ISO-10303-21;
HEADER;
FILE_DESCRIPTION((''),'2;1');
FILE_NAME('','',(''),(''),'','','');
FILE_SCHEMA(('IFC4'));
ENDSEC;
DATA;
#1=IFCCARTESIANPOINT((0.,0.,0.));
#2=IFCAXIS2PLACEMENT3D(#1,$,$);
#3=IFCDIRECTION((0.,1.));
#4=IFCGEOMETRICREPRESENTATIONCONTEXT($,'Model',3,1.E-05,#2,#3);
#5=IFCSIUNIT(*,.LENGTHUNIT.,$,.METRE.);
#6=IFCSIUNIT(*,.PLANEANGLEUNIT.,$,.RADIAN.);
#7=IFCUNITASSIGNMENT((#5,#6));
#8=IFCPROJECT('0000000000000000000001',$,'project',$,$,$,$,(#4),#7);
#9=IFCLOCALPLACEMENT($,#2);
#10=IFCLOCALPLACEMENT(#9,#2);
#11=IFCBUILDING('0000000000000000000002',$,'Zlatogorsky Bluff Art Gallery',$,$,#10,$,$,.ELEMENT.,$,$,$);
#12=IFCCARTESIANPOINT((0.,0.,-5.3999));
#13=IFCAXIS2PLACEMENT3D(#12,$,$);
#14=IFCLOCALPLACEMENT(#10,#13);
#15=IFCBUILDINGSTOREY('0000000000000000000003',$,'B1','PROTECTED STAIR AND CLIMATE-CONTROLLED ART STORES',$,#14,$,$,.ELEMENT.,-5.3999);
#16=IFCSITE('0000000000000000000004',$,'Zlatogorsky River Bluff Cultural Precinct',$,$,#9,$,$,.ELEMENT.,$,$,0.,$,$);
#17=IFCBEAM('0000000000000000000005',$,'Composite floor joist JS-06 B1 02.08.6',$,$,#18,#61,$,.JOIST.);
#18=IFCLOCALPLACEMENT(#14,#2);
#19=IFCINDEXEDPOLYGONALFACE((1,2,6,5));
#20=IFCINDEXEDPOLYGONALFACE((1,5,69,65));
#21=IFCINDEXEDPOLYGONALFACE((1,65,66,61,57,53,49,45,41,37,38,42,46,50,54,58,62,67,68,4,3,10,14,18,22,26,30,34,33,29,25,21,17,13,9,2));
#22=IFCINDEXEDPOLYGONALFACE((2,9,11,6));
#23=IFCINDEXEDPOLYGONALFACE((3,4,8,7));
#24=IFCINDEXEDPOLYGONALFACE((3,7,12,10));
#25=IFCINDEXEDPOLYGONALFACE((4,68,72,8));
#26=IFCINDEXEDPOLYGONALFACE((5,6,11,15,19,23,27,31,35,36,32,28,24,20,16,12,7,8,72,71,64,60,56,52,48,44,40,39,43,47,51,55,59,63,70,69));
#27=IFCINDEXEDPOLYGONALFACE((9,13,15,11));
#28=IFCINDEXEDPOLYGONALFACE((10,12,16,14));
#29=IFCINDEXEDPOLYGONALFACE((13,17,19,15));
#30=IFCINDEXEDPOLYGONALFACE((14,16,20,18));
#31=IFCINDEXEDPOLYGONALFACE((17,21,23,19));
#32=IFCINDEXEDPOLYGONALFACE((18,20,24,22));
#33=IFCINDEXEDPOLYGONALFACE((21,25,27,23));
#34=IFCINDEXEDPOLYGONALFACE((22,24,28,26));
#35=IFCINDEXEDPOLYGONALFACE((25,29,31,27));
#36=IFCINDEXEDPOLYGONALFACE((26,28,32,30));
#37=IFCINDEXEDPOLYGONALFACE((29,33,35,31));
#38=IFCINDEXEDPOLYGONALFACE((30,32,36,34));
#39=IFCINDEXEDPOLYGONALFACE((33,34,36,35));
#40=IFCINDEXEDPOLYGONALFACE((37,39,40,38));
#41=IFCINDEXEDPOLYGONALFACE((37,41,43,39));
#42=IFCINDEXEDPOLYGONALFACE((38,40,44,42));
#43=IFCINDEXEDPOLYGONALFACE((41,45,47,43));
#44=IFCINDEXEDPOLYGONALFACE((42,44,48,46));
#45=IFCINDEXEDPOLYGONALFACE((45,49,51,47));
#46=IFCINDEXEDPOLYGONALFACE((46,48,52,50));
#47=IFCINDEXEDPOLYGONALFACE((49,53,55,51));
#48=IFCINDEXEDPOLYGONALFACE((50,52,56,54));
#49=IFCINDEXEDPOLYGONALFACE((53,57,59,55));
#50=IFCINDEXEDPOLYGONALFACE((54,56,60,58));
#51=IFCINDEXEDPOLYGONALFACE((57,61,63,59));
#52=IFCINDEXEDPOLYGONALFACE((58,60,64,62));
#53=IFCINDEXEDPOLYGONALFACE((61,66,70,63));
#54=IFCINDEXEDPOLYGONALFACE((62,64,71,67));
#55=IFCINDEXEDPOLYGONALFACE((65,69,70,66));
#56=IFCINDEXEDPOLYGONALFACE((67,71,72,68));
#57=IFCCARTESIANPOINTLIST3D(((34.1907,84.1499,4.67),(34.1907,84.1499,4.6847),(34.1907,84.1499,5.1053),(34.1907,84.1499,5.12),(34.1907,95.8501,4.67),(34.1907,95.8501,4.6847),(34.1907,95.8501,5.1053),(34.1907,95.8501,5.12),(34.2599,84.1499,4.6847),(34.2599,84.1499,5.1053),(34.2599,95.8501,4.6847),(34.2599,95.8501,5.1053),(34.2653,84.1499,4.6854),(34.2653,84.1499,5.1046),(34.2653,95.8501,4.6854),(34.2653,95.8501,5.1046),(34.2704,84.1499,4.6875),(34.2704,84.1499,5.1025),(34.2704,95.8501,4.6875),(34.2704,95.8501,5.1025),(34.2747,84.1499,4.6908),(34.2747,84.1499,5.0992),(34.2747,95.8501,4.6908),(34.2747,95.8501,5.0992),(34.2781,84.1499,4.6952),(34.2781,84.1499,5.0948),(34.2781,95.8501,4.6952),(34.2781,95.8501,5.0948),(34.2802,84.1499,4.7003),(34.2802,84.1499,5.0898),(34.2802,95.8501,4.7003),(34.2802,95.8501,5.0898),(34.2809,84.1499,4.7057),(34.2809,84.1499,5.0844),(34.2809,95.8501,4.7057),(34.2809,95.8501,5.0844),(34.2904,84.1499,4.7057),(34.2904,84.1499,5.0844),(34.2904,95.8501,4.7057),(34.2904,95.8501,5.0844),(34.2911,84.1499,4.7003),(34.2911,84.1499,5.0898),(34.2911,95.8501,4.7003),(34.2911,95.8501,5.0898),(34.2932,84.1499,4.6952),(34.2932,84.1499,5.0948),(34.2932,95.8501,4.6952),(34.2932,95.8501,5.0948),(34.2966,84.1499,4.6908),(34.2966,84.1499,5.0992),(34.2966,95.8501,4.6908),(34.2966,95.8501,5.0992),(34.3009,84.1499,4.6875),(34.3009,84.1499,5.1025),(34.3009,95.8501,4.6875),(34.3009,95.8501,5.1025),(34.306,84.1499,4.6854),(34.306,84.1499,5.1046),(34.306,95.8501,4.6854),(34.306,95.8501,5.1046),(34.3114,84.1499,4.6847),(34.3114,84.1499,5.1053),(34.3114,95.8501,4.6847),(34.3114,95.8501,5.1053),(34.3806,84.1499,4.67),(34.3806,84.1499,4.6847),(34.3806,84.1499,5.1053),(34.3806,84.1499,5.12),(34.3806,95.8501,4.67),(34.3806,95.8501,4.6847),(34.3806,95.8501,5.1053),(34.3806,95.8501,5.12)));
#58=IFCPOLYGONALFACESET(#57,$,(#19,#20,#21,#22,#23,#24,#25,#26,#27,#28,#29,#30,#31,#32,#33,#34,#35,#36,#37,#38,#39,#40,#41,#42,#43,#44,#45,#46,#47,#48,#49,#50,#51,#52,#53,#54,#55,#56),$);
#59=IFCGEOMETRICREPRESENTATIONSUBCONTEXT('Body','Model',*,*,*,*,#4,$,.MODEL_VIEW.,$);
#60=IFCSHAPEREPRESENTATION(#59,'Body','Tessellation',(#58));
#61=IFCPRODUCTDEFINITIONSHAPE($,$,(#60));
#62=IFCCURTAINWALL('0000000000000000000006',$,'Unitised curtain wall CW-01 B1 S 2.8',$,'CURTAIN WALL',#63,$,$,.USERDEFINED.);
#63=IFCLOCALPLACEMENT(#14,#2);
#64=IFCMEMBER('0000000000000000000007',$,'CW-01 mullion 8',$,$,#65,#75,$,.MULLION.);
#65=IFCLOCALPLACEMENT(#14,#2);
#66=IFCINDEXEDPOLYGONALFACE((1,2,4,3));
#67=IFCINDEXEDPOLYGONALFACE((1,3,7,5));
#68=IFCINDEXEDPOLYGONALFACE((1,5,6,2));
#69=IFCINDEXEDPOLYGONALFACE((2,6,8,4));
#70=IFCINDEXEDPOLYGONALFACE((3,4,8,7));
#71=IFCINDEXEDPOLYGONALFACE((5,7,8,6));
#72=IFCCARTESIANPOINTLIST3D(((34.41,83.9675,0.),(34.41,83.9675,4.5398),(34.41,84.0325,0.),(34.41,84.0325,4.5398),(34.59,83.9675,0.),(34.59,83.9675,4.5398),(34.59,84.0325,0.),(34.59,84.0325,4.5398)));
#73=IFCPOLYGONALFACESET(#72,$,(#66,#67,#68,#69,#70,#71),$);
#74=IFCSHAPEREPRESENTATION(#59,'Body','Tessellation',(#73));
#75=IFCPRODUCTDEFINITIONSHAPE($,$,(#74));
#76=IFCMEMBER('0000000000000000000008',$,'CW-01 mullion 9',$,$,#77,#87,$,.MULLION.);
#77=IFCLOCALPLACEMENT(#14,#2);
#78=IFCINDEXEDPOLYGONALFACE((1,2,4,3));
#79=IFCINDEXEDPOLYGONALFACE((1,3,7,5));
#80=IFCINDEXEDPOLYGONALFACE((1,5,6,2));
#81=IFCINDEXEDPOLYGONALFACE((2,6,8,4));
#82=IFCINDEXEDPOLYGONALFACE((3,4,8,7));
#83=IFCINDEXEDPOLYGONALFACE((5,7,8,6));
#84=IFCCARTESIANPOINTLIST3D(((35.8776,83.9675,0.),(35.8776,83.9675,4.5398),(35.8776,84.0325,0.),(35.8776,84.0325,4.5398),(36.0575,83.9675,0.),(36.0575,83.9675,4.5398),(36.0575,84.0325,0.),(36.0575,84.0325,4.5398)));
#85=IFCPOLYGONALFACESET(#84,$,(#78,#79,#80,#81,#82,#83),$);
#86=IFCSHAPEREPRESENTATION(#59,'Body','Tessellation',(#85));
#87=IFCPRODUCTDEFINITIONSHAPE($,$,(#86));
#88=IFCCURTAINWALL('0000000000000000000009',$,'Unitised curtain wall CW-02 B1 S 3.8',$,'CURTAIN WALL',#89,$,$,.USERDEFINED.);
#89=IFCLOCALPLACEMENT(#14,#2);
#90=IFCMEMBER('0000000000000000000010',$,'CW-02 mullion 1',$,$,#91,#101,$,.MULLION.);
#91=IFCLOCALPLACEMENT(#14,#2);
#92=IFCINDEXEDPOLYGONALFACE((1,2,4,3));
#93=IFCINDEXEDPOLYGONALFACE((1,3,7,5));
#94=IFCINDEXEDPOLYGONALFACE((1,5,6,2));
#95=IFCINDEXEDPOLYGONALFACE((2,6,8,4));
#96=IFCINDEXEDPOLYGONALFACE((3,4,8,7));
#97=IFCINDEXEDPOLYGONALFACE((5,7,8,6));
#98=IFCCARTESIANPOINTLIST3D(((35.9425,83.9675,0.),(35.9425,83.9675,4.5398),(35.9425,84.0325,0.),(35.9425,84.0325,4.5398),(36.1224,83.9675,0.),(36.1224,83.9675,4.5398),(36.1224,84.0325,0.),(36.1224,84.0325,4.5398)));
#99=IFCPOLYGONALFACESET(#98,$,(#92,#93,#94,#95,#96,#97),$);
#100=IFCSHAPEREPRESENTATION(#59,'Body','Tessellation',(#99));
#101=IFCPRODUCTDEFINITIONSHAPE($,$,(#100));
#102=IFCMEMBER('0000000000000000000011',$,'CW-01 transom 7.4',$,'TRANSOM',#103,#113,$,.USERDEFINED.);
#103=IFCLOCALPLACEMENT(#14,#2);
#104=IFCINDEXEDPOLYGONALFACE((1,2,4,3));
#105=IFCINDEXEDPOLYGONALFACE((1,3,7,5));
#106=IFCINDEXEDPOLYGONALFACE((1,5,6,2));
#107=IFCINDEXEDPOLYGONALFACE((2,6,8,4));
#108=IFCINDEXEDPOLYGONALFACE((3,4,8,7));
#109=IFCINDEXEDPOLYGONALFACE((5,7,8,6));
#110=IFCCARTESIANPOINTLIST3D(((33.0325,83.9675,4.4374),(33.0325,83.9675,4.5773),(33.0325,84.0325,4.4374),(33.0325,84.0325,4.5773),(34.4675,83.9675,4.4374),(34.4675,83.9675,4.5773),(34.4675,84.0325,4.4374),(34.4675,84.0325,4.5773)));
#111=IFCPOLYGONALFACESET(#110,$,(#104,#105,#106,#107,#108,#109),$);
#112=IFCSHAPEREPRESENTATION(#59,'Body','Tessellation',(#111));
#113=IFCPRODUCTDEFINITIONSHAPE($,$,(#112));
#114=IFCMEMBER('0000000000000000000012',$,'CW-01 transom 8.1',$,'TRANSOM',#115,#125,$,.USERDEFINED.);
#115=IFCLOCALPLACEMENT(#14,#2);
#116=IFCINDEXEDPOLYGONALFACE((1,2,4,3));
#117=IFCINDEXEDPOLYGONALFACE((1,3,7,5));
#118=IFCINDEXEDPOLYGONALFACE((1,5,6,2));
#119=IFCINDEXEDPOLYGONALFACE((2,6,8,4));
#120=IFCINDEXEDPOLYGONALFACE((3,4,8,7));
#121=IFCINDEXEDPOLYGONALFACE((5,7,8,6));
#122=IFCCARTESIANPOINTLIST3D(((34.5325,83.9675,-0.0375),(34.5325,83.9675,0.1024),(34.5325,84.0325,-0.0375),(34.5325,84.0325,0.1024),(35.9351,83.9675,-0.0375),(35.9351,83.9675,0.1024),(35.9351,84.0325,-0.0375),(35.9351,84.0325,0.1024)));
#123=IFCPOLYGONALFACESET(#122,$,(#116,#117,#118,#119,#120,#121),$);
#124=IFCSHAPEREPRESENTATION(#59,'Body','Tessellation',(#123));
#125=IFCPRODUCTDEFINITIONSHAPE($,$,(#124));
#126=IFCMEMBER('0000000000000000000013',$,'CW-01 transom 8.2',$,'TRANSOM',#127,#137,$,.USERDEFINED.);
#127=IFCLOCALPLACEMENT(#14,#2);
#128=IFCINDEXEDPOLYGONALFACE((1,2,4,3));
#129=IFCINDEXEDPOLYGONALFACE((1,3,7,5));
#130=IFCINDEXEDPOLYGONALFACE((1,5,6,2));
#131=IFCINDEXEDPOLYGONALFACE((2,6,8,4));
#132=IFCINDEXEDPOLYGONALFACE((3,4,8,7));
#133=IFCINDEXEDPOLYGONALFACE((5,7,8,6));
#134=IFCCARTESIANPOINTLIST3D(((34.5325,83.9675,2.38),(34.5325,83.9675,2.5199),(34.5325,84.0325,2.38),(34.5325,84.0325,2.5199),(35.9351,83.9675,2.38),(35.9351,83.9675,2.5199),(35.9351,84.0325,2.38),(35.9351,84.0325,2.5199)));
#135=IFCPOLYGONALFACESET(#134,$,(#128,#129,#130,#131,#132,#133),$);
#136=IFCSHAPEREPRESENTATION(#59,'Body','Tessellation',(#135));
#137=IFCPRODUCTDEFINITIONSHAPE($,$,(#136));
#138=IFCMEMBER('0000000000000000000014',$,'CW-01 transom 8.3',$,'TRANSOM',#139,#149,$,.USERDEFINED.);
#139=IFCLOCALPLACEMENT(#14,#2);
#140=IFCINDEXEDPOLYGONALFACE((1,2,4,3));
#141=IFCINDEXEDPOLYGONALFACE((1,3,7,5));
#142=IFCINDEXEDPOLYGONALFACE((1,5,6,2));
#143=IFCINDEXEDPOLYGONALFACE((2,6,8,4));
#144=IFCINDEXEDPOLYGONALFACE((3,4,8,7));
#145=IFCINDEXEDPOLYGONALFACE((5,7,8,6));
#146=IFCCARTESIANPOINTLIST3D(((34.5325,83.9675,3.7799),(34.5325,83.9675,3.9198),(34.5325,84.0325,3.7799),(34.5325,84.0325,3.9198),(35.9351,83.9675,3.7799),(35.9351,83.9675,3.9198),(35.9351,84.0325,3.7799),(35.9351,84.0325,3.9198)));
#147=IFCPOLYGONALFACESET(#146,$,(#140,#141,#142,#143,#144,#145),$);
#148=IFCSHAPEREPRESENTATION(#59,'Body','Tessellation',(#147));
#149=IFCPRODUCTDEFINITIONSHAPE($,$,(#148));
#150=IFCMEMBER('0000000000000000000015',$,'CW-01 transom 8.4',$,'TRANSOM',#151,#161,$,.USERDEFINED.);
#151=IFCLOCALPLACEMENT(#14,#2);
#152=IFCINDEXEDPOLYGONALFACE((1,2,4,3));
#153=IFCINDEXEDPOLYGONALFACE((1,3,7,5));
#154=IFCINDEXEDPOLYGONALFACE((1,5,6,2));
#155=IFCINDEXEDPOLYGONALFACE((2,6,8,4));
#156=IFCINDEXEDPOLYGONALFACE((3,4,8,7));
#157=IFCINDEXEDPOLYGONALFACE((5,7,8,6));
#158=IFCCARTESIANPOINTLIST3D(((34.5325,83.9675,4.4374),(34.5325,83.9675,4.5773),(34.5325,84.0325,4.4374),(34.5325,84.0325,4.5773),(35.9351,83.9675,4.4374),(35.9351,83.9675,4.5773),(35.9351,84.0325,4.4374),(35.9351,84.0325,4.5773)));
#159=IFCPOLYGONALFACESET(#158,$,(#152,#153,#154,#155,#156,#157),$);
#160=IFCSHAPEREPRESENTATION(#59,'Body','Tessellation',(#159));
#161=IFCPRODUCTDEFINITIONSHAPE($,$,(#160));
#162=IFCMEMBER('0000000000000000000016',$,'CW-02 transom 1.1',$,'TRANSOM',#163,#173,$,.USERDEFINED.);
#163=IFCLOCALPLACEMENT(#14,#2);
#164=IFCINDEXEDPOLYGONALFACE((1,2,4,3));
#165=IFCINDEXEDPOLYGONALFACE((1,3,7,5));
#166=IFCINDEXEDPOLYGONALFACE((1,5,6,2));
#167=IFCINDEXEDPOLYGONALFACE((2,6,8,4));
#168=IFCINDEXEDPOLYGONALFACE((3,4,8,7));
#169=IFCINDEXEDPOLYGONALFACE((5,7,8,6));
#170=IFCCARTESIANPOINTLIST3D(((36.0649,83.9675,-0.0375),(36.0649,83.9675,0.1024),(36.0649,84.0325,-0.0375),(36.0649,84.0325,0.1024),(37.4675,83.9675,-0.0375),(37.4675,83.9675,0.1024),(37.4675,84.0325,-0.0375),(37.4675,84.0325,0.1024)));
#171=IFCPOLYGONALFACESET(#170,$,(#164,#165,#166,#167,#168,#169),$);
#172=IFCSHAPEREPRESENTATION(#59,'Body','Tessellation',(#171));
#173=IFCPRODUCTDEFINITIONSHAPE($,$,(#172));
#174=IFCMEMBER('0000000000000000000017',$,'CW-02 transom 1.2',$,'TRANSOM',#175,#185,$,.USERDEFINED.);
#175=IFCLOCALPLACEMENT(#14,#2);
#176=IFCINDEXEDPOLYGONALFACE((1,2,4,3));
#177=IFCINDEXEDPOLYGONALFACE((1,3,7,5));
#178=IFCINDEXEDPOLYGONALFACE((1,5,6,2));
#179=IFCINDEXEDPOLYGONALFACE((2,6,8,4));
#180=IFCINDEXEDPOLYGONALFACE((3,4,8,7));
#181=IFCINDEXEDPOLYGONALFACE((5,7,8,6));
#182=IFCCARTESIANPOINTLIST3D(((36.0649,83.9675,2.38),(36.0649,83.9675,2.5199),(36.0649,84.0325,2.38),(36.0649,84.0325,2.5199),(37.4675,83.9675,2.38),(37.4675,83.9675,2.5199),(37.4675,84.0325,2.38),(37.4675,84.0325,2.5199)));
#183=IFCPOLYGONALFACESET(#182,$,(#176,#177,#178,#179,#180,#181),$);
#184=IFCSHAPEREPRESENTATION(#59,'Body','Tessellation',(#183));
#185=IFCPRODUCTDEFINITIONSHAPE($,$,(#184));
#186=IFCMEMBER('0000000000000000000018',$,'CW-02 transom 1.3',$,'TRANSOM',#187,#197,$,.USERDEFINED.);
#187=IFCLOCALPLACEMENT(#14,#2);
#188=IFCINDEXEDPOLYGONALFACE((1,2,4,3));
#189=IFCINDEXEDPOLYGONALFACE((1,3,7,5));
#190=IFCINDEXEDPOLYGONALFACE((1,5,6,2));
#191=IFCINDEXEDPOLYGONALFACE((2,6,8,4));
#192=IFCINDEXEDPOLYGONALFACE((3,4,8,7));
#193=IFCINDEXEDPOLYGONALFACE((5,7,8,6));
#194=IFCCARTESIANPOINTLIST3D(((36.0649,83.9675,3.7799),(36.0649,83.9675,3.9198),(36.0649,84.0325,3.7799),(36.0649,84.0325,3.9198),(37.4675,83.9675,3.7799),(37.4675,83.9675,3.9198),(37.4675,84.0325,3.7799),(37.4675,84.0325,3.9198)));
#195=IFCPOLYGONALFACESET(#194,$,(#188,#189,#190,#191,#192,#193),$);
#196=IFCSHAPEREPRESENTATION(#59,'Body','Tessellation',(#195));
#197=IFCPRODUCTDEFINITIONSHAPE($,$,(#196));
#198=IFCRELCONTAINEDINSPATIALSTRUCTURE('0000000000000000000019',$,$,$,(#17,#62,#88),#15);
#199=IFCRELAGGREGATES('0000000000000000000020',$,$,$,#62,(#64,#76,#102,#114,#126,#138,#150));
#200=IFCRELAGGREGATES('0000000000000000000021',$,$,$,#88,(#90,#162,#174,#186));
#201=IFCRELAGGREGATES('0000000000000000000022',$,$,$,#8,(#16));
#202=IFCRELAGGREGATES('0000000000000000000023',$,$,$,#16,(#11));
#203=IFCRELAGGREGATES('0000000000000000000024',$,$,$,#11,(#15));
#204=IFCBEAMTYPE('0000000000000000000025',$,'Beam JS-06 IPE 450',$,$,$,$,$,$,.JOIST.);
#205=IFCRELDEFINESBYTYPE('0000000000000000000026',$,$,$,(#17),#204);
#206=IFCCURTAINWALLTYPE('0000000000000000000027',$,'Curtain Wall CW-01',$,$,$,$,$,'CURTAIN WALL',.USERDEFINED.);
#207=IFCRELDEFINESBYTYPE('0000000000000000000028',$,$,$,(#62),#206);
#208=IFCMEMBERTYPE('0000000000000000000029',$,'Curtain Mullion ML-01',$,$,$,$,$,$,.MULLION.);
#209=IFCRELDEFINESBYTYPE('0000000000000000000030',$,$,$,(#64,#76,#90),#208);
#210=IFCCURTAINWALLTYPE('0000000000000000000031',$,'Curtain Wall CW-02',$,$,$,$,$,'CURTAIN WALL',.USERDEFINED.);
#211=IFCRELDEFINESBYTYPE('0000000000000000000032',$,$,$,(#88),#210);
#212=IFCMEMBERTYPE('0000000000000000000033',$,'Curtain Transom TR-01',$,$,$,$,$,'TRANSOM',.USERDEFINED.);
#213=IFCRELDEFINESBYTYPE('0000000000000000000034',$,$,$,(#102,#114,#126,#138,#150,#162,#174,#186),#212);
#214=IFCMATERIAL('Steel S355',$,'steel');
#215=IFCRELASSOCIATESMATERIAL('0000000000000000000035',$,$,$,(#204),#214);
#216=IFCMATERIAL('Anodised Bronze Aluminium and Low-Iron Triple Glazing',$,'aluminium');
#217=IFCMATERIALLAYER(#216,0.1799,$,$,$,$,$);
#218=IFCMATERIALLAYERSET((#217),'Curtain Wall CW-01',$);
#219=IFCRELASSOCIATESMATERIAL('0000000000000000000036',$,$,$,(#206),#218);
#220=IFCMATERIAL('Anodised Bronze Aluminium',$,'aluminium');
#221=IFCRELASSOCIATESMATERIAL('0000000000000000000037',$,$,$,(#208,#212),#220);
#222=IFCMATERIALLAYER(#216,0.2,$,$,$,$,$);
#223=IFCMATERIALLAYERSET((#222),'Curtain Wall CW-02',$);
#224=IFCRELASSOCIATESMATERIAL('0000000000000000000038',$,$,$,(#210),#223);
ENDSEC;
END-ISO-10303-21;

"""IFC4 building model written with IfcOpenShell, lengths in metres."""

from ifc_helpers import new_model, si_unit, direction, frame, origin, origin_2d, place, context, subcontext, project, spatial, rectangle, i_section, extrude, material, layer, layer_set, material_profile, profile_set, type_object, element, aggregate, save


model = new_model("IFC4")

# Units and contexts
model_context = context("Model", 3, precision=1e-05, world=origin(), true_north=direction((0.0, 1.0)))
body_context = subcontext(model_context, "Body", "Model", "MODEL_VIEW")
ifc_project = project(units=[si_unit("LENGTHUNIT", "METRE"), si_unit("PLANEANGLEUNIT", "RADIAN")], contexts=[model_context])

# Site, building, storey
site_placement = place(None, origin())
site = spatial("IfcSite", under=ifc_project, at=site_placement, Name="Zlatogorsky River Bluff Cultural Precinct", CompositionType="ELEMENT", RefElevation=0.0)
building_placement = place(site_placement, origin())
building = spatial("IfcBuilding", under=site, at=building_placement, Name="Zlatogorsky Bluff Art Gallery", CompositionType="ELEMENT")
storey_placement = place(building_placement, frame((0.0, 0.0, -5.3999)))
storey = spatial("IfcBuildingStorey", under=building, at=storey_placement, Name="B1", Description="PROTECTED STAIR AND CLIMATE-CONTROLLED ART STORES", CompositionType="ELEMENT", Elevation=-5.3999)

# Shared definitions
ifc_material_1 = material(Name="Steel S355", Category="steel")

# Beam
ifc_material_profile_1 = material_profile(ifc_material_1, i_section(OverallWidth=0.1899, OverallDepth=0.45, WebThickness=0.0095, FlangeThickness=0.0146, FilletRadius=0.021, at=origin_2d()), Name="IPE 450")
ifc_profile_set_1 = profile_set([ifc_material_profile_1], Name="Steel S355")
beam_type_1 = type_object("IfcBeamType", Name="Beam JS-06 IPE 450", PredefinedType="JOIST", material=ifc_profile_set_1)
beam_1_placement = place(storey_placement, frame((34.2856, 84.1499, 4.895), z_axis=(0.0, 1.0, 0.0), x_axis=(-1.0, 0.0, 0.0)))
element("IfcBeam", 1, at=beam_1_placement, inside=storey, type_object=beam_type_1, Name="Composite floor joist JS-06 B1 02.08.6", PredefinedType="JOIST", context=body_context, shape_type="SweptSolid", body=[
    extrude(i_section(OverallWidth=0.1899, OverallDepth=0.45, WebThickness=0.0095, FlangeThickness=0.0146, FilletRadius=0.021, at=origin_2d()), origin(), (0.0, 0.0, 1.0), 11.7002),
])

# Curtain wall, members
ifc_material_2 = material(Name="Anodised Bronze Aluminium and Low-Iron Triple Glazing", Category="aluminium")
ifc_layer_1 = layer(ifc_material_2, 0.1799)
ifc_layer_set_1 = layer_set([ifc_layer_1], Name="Curtain Wall CW-01")
curtain_wall_type_1 = type_object("IfcCurtainWallType", Name="Curtain Wall CW-01", ElementType="CURTAIN WALL", PredefinedType="USERDEFINED", material=ifc_layer_set_1)
curtain_wall_1_placement = place(storey_placement, origin())
curtain_wall_1 = element("IfcCurtainWall", 2, at=curtain_wall_1_placement, inside=storey, type_object=curtain_wall_type_1, Name="Unitised curtain wall CW-01 B1 S 2.8", ObjectType="CURTAIN WALL", PredefinedType="USERDEFINED")
ifc_material_3 = material(Name="Anodised Bronze Aluminium", Category="aluminium")
ifc_material_profile_2 = material_profile(ifc_material_3, rectangle(XDim=0.0649, YDim=0.1799, at=origin_2d()), Name="ALU MULLION 65x180")
ifc_profile_set_2 = profile_set([ifc_material_profile_2], Name="Anodised Bronze Aluminium")
member_type_1 = type_object("IfcMemberType", Name="Curtain Mullion ML-01", PredefinedType="MULLION", material=ifc_profile_set_2)
member_1_placement = place(storey_placement, frame((34.5, 84.0, 0.0), z_axis=(0.0, 0.0, 1.0), x_axis=(0.0, 1.0, 0.0)))
member_1 = element("IfcMember", 3, at=member_1_placement, type_object=member_type_1, Name="CW-01 mullion 8", PredefinedType="MULLION", context=body_context, shape_type="SweptSolid", body=[
    extrude(rectangle(XDim=0.0649, YDim=0.1799, at=origin_2d()), origin(), (0.0, 0.0, 1.0), 4.5398),
])
member_2_placement = place(storey_placement, frame((35.9675, 84.0, 0.0), z_axis=(0.0, 0.0, 1.0), x_axis=(0.0, 1.0, 0.0)))
member_2 = element("IfcMember", 4, at=member_2_placement, type_object=member_type_1, Name="CW-01 mullion 9", PredefinedType="MULLION", context=body_context, shape_type="SweptSolid", body=[
    extrude(rectangle(XDim=0.0649, YDim=0.1799, at=origin_2d()), origin(), (0.0, 0.0, 1.0), 4.5398),
])

# Curtain wall, member
ifc_layer_2 = layer(ifc_material_2, 0.2)
ifc_layer_set_2 = layer_set([ifc_layer_2], Name="Curtain Wall CW-02")
curtain_wall_type_2 = type_object("IfcCurtainWallType", Name="Curtain Wall CW-02", ElementType="CURTAIN WALL", PredefinedType="USERDEFINED", material=ifc_layer_set_2)
curtain_wall_2_placement = place(storey_placement, origin())
curtain_wall_2 = element("IfcCurtainWall", 5, at=curtain_wall_2_placement, inside=storey, type_object=curtain_wall_type_2, Name="Unitised curtain wall CW-02 B1 S 3.8", ObjectType="CURTAIN WALL", PredefinedType="USERDEFINED")
member_3_placement = place(storey_placement, frame((36.0325, 84.0, 0.0), z_axis=(0.0, 0.0, 1.0), x_axis=(0.0, 1.0, 0.0)))
member_3 = element("IfcMember", 6, at=member_3_placement, type_object=member_type_1, Name="CW-02 mullion 1", PredefinedType="MULLION", context=body_context, shape_type="SweptSolid", body=[
    extrude(rectangle(XDim=0.0649, YDim=0.1799, at=origin_2d()), origin(), (0.0, 0.0, 1.0), 4.5398),
])

# Members
ifc_material_profile_3 = material_profile(ifc_material_3, rectangle(XDim=0.0649, YDim=0.1399, at=origin_2d()), Name="ALU TRANSOM 65x140")
ifc_profile_set_3 = profile_set([ifc_material_profile_3], Name="Anodised Bronze Aluminium")
member_type_2 = type_object("IfcMemberType", Name="Curtain Transom TR-01", ElementType="TRANSOM", PredefinedType="USERDEFINED", material=ifc_profile_set_3)
member_4_placement = place(storey_placement, frame((33.0325, 84.0, 4.5073), z_axis=(1.0, 0.0, 0.0), x_axis=(0.0, 1.0, 0.0)))
member_4 = element("IfcMember", 7, at=member_4_placement, type_object=member_type_2, Name="CW-01 transom 7.4", ObjectType="TRANSOM", PredefinedType="USERDEFINED", context=body_context, shape_type="SweptSolid", body=[
    extrude(rectangle(XDim=0.0649, YDim=0.1399, at=origin_2d()), origin(), (0.0, 0.0, 1.0), 1.4351),
])
member_5_placement = place(storey_placement, frame((34.5325, 84.0, 0.0325), z_axis=(1.0, 0.0, 0.0), x_axis=(0.0, 1.0, 0.0)))
member_5 = element("IfcMember", 8, at=member_5_placement, type_object=member_type_2, Name="CW-01 transom 8.1", ObjectType="TRANSOM", PredefinedType="USERDEFINED", context=body_context, shape_type="SweptSolid", body=[
    extrude(rectangle(XDim=0.0649, YDim=0.1399, at=origin_2d()), origin(), (0.0, 0.0, 1.0), 1.4026),
])
member_6_placement = place(storey_placement, frame((34.5325, 84.0, 2.45), z_axis=(1.0, 0.0, 0.0), x_axis=(0.0, 1.0, 0.0)))
member_6 = element("IfcMember", 9, at=member_6_placement, type_object=member_type_2, Name="CW-01 transom 8.2", ObjectType="TRANSOM", PredefinedType="USERDEFINED", context=body_context, shape_type="SweptSolid", body=[
    extrude(rectangle(XDim=0.0649, YDim=0.1399, at=origin_2d()), origin(), (0.0, 0.0, 1.0), 1.4026),
])
member_7_placement = place(storey_placement, frame((34.5325, 84.0, 3.8499), z_axis=(1.0, 0.0, 0.0), x_axis=(0.0, 1.0, 0.0)))
member_7 = element("IfcMember", 10, at=member_7_placement, type_object=member_type_2, Name="CW-01 transom 8.3", ObjectType="TRANSOM", PredefinedType="USERDEFINED", context=body_context, shape_type="SweptSolid", body=[
    extrude(rectangle(XDim=0.0649, YDim=0.1399, at=origin_2d()), origin(), (0.0, 0.0, 1.0), 1.4026),
])
member_8_placement = place(storey_placement, frame((34.5325, 84.0, 4.5073), z_axis=(1.0, 0.0, 0.0), x_axis=(0.0, 1.0, 0.0)))
member_8 = element("IfcMember", 11, at=member_8_placement, type_object=member_type_2, Name="CW-01 transom 8.4", ObjectType="TRANSOM", PredefinedType="USERDEFINED", context=body_context, shape_type="SweptSolid", body=[
    extrude(rectangle(XDim=0.0649, YDim=0.1399, at=origin_2d()), origin(), (0.0, 0.0, 1.0), 1.4026),
])
member_9_placement = place(storey_placement, frame((36.0649, 84.0, 0.0325), z_axis=(1.0, 0.0, 0.0), x_axis=(0.0, 1.0, 0.0)))
member_9 = element("IfcMember", 12, at=member_9_placement, type_object=member_type_2, Name="CW-02 transom 1.1", ObjectType="TRANSOM", PredefinedType="USERDEFINED", context=body_context, shape_type="SweptSolid", body=[
    extrude(rectangle(XDim=0.0649, YDim=0.1399, at=origin_2d()), origin(), (0.0, 0.0, 1.0), 1.4026),
])
member_10_placement = place(storey_placement, frame((36.0649, 84.0, 2.45), z_axis=(1.0, 0.0, 0.0), x_axis=(0.0, 1.0, 0.0)))
member_10 = element("IfcMember", 13, at=member_10_placement, type_object=member_type_2, Name="CW-02 transom 1.2", ObjectType="TRANSOM", PredefinedType="USERDEFINED", context=body_context, shape_type="SweptSolid", body=[
    extrude(rectangle(XDim=0.0649, YDim=0.1399, at=origin_2d()), origin(), (0.0, 0.0, 1.0), 1.4026),
])
member_11_placement = place(storey_placement, frame((36.0649, 84.0, 3.8499), z_axis=(1.0, 0.0, 0.0), x_axis=(0.0, 1.0, 0.0)))
member_11 = element("IfcMember", 14, at=member_11_placement, type_object=member_type_2, Name="CW-02 transom 1.3", ObjectType="TRANSOM", PredefinedType="USERDEFINED", context=body_context, shape_type="SweptSolid", body=[
    extrude(rectangle(XDim=0.0649, YDim=0.1399, at=origin_2d()), origin(), (0.0, 0.0, 1.0), 1.4026),
])

aggregate(curtain_wall_1, [member_1, member_2, member_4, member_5, member_6, member_7, member_8])
aggregate(curtain_wall_2, [member_3, member_9, member_10, member_11])

save(model, "model.ifc")
